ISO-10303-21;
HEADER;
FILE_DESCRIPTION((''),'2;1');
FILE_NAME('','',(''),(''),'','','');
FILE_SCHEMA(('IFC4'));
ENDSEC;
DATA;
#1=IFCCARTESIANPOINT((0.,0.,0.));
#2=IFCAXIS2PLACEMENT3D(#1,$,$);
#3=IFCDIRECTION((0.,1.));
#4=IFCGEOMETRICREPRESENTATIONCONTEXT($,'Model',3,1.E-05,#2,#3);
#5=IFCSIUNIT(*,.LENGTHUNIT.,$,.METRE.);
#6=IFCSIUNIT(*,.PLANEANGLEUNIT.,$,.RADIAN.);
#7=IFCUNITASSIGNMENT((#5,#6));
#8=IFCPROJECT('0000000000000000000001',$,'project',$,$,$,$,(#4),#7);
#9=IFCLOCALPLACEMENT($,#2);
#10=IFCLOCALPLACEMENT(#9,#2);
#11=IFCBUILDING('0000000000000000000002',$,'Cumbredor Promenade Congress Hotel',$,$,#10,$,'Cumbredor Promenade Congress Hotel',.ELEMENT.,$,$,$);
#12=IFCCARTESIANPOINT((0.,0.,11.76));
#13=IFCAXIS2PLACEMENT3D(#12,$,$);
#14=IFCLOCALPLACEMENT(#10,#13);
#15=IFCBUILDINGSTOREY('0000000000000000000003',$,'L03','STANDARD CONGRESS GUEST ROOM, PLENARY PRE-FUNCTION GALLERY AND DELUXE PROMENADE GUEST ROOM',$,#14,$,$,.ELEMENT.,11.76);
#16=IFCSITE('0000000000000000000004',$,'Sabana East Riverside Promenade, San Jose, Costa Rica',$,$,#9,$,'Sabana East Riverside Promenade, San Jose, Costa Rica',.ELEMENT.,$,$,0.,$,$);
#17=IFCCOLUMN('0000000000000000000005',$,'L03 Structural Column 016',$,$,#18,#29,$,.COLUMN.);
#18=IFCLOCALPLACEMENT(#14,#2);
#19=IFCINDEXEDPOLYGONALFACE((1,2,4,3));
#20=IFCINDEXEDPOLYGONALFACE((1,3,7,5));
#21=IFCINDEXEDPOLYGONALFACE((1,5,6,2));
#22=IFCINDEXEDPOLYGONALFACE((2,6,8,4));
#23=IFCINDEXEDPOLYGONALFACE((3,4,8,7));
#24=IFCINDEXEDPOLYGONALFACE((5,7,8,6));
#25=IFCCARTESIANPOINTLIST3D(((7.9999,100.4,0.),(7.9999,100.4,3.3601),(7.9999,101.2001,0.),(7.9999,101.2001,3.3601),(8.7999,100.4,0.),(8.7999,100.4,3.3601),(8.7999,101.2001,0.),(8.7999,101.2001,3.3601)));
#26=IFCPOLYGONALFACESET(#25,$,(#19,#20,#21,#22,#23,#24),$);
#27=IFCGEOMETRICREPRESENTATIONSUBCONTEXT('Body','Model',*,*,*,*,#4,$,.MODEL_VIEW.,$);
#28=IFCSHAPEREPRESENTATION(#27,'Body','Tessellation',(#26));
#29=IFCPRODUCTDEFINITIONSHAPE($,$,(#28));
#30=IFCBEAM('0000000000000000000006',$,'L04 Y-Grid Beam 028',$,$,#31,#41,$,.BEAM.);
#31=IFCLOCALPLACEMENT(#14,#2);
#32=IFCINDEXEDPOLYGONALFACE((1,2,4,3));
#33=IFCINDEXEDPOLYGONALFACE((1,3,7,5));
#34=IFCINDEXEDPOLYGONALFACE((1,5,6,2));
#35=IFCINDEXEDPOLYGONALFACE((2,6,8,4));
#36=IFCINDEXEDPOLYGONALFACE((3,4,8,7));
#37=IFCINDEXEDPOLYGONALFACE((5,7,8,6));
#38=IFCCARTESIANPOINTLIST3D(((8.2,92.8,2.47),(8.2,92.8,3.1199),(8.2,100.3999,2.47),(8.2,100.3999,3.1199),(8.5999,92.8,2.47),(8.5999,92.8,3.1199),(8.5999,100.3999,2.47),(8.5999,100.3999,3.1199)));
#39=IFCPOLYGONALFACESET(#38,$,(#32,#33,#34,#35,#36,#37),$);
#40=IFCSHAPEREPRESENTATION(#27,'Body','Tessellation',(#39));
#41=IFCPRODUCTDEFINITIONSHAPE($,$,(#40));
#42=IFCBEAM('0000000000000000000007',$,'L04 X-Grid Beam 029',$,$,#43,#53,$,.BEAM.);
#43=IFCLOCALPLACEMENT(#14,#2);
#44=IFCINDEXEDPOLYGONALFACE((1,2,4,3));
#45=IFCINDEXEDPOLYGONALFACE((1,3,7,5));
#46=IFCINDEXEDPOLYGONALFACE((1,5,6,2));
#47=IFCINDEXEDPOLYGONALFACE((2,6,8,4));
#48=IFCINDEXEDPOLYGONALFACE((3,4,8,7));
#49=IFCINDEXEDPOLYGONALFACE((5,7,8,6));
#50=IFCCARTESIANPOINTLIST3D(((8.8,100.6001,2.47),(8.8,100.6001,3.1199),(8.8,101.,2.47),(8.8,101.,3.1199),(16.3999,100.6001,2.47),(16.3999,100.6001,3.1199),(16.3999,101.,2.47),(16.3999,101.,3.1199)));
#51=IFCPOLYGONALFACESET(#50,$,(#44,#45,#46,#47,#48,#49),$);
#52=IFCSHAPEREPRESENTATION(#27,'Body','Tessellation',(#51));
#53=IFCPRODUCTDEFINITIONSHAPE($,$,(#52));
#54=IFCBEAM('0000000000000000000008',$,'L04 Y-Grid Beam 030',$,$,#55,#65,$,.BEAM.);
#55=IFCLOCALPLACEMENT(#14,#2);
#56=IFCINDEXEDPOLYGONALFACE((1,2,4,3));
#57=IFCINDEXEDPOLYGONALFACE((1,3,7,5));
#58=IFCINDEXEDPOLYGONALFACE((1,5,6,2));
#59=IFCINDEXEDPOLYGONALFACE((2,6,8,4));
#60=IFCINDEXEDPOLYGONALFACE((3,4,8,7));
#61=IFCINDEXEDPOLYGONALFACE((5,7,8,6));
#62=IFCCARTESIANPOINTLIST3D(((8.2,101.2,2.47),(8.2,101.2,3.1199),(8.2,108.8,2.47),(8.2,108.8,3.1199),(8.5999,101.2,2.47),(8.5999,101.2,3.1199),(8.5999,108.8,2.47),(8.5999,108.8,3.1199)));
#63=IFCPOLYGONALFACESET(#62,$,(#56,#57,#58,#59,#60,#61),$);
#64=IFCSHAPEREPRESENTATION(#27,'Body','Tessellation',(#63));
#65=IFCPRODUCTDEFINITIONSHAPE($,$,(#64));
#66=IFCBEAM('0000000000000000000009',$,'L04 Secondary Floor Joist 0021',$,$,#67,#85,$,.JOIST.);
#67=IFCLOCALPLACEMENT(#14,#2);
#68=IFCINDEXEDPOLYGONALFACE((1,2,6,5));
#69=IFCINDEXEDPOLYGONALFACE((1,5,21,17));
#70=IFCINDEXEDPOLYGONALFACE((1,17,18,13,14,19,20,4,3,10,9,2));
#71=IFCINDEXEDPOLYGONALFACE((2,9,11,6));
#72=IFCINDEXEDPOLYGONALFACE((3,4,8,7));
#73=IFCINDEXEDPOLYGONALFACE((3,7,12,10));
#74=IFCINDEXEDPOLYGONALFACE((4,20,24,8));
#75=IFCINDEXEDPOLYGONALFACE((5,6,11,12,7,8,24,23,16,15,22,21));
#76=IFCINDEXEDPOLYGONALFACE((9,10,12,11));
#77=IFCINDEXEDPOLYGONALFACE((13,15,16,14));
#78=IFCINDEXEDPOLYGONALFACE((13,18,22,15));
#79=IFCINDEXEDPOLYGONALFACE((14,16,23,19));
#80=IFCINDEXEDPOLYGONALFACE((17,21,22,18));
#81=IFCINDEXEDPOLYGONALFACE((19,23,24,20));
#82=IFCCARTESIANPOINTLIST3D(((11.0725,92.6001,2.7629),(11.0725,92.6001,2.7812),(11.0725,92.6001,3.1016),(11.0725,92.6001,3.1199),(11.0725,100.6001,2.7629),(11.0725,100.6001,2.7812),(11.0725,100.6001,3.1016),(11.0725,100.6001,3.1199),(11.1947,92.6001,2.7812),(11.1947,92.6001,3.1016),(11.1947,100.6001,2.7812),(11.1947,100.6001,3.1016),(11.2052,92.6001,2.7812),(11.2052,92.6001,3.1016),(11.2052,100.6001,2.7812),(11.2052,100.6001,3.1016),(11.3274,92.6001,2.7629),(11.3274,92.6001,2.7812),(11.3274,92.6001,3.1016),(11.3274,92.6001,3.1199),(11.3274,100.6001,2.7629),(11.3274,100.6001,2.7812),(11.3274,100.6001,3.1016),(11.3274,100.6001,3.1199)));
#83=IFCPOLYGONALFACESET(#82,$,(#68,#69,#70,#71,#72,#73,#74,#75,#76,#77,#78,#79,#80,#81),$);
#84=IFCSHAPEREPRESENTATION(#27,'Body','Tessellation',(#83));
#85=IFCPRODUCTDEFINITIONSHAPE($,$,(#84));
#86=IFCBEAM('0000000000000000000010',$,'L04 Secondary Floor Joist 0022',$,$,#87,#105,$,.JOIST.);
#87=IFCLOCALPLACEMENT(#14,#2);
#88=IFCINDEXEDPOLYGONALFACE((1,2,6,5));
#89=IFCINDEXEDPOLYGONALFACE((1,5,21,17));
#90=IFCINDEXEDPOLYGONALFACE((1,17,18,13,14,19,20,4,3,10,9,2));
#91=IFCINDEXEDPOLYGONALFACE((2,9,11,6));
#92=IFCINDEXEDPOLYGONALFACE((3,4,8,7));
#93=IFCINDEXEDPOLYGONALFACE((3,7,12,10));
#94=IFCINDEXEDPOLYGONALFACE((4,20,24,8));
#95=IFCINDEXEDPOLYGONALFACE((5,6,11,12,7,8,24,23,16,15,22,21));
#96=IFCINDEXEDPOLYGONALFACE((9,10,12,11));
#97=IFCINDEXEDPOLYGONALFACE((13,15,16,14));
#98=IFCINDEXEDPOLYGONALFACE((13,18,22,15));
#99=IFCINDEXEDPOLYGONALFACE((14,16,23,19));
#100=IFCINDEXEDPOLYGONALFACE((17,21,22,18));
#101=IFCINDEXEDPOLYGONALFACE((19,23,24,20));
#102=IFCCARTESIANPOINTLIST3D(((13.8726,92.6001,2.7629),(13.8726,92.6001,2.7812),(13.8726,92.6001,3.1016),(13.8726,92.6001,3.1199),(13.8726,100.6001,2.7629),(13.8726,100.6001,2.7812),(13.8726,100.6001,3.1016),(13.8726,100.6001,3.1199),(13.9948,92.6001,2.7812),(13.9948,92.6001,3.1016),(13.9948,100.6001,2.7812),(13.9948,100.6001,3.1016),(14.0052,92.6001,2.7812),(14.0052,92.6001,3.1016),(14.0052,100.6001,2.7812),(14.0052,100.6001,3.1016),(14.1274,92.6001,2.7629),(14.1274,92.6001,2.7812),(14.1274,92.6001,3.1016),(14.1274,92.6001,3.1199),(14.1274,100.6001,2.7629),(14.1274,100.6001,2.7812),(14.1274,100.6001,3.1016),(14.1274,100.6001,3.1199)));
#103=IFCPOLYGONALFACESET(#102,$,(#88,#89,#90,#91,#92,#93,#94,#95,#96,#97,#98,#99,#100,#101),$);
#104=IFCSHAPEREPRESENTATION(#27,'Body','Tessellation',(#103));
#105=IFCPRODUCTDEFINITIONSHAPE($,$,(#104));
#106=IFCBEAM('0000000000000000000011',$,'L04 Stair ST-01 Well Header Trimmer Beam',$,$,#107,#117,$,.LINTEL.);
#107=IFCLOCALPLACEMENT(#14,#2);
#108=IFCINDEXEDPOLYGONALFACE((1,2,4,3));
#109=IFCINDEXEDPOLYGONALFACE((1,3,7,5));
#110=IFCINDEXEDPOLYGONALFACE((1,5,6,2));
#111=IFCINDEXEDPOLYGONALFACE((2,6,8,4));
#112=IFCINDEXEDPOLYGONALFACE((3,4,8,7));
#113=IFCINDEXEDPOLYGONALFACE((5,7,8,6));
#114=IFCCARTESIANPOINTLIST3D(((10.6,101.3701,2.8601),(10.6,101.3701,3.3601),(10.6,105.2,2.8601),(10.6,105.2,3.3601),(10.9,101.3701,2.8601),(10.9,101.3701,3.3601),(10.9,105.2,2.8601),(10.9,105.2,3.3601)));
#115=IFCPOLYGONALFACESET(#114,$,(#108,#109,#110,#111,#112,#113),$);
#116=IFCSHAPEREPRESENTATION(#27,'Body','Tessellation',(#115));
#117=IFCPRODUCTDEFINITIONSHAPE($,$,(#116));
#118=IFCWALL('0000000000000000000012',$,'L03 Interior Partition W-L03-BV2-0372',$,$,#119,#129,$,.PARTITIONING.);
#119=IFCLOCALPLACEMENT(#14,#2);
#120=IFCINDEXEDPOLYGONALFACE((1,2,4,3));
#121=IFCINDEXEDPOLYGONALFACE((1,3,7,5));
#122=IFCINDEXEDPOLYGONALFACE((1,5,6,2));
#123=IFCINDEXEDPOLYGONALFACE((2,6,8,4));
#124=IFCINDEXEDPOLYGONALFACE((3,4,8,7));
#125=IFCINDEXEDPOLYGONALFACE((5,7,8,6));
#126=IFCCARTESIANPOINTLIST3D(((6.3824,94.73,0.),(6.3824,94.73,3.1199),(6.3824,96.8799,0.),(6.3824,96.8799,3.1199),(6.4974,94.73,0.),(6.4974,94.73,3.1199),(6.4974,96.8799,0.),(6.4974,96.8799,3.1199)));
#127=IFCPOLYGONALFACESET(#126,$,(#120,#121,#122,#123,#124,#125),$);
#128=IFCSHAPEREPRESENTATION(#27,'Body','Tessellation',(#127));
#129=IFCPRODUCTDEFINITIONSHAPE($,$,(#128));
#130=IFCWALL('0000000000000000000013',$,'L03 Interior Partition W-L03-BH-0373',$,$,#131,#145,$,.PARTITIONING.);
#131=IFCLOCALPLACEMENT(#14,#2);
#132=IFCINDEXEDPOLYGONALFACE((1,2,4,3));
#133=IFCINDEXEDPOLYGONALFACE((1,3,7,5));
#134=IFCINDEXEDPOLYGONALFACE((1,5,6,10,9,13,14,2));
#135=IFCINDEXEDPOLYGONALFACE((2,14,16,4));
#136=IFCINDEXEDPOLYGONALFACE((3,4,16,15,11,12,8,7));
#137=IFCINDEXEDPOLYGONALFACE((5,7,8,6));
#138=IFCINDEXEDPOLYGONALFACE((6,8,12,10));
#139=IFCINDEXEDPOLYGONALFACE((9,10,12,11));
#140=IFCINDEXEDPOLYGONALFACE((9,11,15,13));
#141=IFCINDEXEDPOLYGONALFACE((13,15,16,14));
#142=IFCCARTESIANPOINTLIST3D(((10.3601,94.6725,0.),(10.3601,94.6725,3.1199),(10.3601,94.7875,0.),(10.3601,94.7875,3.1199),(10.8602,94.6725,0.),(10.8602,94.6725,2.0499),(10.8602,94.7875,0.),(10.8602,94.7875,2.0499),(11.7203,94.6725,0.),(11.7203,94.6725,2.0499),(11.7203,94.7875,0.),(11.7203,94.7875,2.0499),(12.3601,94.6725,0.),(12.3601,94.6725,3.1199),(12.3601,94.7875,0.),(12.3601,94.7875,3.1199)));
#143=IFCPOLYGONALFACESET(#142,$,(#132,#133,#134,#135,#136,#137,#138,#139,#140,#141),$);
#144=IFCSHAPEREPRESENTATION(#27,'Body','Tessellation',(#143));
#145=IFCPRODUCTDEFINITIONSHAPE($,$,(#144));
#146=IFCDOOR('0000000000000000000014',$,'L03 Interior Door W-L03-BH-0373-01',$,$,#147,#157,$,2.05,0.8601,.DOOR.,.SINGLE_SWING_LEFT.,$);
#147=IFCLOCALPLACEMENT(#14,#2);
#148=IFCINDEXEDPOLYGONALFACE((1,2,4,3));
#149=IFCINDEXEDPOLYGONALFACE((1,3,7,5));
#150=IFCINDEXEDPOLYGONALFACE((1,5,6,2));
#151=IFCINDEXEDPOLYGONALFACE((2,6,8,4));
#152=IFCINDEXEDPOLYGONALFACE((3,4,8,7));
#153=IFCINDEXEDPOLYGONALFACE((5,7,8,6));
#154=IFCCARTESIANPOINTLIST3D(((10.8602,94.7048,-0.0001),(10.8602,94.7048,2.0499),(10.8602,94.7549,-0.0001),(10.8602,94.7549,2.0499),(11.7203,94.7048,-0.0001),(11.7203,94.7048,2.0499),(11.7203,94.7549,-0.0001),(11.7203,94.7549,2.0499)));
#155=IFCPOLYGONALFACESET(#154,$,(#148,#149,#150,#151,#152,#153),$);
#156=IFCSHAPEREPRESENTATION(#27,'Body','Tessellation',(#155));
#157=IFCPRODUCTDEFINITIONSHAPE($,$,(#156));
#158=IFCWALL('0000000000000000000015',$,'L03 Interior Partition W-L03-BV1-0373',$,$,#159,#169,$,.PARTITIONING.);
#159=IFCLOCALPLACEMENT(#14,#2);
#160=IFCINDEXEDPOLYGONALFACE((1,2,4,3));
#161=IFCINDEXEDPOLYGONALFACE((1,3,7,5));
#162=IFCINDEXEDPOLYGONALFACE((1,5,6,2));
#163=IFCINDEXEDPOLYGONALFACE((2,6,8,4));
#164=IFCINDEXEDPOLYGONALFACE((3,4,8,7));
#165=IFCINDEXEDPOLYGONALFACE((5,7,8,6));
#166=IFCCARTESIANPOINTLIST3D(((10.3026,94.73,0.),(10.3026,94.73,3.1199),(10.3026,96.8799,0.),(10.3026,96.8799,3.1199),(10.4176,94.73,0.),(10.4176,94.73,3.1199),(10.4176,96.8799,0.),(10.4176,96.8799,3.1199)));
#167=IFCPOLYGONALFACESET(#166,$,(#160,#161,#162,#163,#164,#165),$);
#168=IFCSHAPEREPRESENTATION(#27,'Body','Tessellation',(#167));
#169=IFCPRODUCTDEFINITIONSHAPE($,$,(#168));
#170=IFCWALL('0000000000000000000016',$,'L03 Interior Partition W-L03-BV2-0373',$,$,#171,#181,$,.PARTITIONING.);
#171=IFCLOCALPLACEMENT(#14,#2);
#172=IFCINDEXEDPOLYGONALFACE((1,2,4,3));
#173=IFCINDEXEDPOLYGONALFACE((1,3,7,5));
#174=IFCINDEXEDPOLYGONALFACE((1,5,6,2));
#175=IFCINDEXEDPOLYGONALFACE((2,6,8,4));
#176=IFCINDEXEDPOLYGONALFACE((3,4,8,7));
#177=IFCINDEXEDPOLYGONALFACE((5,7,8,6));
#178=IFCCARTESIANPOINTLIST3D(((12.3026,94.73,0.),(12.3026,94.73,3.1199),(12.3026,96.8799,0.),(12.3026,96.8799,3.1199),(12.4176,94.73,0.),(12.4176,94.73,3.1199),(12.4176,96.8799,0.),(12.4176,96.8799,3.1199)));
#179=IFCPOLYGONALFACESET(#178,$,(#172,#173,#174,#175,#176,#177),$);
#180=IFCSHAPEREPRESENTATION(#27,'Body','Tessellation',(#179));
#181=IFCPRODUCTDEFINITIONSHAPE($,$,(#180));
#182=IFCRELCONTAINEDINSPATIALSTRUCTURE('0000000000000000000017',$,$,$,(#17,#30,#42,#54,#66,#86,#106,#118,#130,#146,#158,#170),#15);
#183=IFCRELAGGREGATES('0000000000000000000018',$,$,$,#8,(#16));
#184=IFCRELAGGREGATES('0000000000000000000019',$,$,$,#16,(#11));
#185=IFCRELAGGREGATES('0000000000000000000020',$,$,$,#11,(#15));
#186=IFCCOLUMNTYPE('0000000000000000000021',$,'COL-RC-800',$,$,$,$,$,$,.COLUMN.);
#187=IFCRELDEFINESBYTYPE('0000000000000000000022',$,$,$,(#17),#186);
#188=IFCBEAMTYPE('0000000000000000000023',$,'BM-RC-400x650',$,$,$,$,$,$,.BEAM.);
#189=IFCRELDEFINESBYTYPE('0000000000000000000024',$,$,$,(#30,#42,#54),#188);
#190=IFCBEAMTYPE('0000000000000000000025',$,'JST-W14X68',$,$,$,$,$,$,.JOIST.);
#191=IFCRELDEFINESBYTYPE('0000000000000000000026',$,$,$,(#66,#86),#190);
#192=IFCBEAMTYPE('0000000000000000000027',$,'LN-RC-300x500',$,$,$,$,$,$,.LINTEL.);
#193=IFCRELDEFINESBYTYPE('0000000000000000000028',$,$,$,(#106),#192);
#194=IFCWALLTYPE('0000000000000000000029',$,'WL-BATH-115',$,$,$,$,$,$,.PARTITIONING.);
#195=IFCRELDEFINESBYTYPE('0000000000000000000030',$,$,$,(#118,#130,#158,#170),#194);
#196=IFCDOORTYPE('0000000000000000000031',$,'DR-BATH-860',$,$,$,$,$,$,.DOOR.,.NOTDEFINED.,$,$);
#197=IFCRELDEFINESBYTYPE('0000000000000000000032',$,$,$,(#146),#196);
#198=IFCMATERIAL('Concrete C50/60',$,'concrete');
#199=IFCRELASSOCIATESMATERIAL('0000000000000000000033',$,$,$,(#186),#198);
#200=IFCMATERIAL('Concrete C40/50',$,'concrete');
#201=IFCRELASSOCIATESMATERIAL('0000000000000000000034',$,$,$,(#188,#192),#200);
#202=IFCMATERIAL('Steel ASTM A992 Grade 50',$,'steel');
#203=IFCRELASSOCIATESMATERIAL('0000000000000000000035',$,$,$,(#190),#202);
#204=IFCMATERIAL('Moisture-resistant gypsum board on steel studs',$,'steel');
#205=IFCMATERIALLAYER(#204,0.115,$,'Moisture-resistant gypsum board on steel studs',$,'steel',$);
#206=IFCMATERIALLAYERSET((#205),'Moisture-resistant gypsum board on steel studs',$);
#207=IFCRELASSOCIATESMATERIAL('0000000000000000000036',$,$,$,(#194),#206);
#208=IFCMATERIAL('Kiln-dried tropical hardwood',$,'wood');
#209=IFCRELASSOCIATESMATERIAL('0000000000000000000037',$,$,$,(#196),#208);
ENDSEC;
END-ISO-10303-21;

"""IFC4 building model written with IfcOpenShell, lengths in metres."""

from ifc_helpers import new_model, si_unit, direction, frame, frame_2d, origin, origin_2d, place, context, subcontext, project, spatial, rectangle, i_section, extrude, material, layer, layer_set, material_profile, profile_set, type_object, element, fill, save


model = new_model("IFC4")

# Units and contexts
model_context = context("Model", 3, precision=1e-05, world=origin(), true_north=direction((0.0, 1.0)))
body_context = subcontext(model_context, "Body", "Model", "MODEL_VIEW")
ifc_project = project(units=[si_unit("LENGTHUNIT", "METRE"), si_unit("PLANEANGLEUNIT", "RADIAN")], contexts=[model_context])

# Site, building, storey
site_placement = place(None, origin())
site = spatial("IfcSite", under=ifc_project, at=site_placement, Name="Sabana East Riverside Promenade, San Jose, Costa Rica", LongName="Sabana East Riverside Promenade, San Jose, Costa Rica", CompositionType="ELEMENT", RefElevation=0.0)
building_placement = place(site_placement, origin())
building = spatial("IfcBuilding", under=site, at=building_placement, Name="Cumbredor Promenade Congress Hotel", LongName="Cumbredor Promenade Congress Hotel", CompositionType="ELEMENT")
storey_placement = place(building_placement, frame((0.0, 0.0, 11.76)))
storey = spatial("IfcBuildingStorey", under=building, at=storey_placement, Name="L03", Description="STANDARD CONGRESS GUEST ROOM, PLENARY PRE-FUNCTION GALLERY AND DELUXE PROMENADE GUEST ROOM", CompositionType="ELEMENT", Elevation=11.76)

# Column
ifc_material_1 = material(Name="Concrete C50/60", Category="concrete")
ifc_material_profile_1 = material_profile(ifc_material_1, rectangle(XDim=0.8, YDim=0.8, at=origin_2d()), Name="RC 800x800")
ifc_profile_set_1 = profile_set([ifc_material_profile_1], Name="Concrete C50/60")
column_type = type_object("IfcColumnType", Name="COL-RC-800", PredefinedType="COLUMN", material=ifc_profile_set_1)
column_placement = place(storey_placement, frame((8.3999, 100.8, 0.0), z_axis=(0.0, 0.0, 1.0), x_axis=(1.0, 0.0, 0.0)))
element("IfcColumn", 1, at=column_placement, inside=storey, type_object=column_type, Name="L03 Structural Column 016", PredefinedType="COLUMN", context=body_context, shape_type="SweptSolid", body=[
    extrude(rectangle(XDim=0.8, YDim=0.8, at=origin_2d()), origin(), (0.0, 0.0, 1.0), 3.3601),
])

# Beams
ifc_material_2 = material(Name="Concrete C40/50", Category="concrete")
ifc_material_profile_2 = material_profile(ifc_material_2, rectangle(XDim=0.3999, YDim=0.6499, at=origin_2d()), Name="RC BEAM 400x650")
ifc_profile_set_2 = profile_set([ifc_material_profile_2], Name="Concrete C40/50")
beam_type_1 = type_object("IfcBeamType", Name="BM-RC-400x650", PredefinedType="BEAM", material=ifc_profile_set_2)
for number, where, z_axis, x_axis, name in (
    (2, (8.3999, 92.8, 2.7949), (0.0, 1.0, 0.0), (-1.0, 0.0, 0.0), "L04 Y-Grid Beam 028"),
    (3, (8.8, 100.8, 2.7949), (1.0, 0.0, 0.0), (0.0, 1.0, 0.0), "L04 X-Grid Beam 029"),
):
    element("IfcBeam", number, at=place(storey_placement, frame(where, z_axis=z_axis, x_axis=x_axis)), inside=storey, type_object=beam_type_1, Name=name, PredefinedType="BEAM", context=body_context, shape_type="SweptSolid", body=[
        extrude(rectangle(XDim=0.3999, YDim=0.6499, at=origin_2d()), origin(), (0.0, 0.0, 1.0), 7.5999),
    ])
beam_1_placement = place(storey_placement, frame((8.3999, 101.2, 2.7949), z_axis=(0.0, 1.0, 0.0), x_axis=(-1.0, 0.0, 0.0)))
element("IfcBeam", 4, at=beam_1_placement, inside=storey, type_object=beam_type_1, Name="L04 Y-Grid Beam 030", PredefinedType="BEAM", context=body_context, shape_type="SweptSolid", body=[
    extrude(rectangle(XDim=0.3999, YDim=0.6499, at=origin_2d()), origin(), (0.0, 0.0, 1.0), 7.6001),
])
ifc_material_3 = material(Name="Steel ASTM A992 Grade 50", Category="steel")
ifc_material_profile_3 = material_profile(ifc_material_3, i_section(OverallWidth=0.2549, OverallDepth=0.3569, WebThickness=0.0105, FlangeThickness=0.0183, at=origin_2d()), Name="W14X68")
ifc_profile_set_3 = profile_set([ifc_material_profile_3], Name="Steel ASTM A992 Grade 50")
beam_type_2 = type_object("IfcBeamType", Name="JST-W14X68", PredefinedType="JOIST", material=ifc_profile_set_3)
for number, where, z_axis, x_axis, name in (
    (5, (11.2, 92.6001, 2.9414), (0.0, 1.0, 0.0), (-1.0, 0.0, 0.0), "L04 Secondary Floor Joist 0021"),
    (6, (14.0, 92.6001, 2.9414), (0.0, 1.0, 0.0), (-1.0, 0.0, 0.0), "L04 Secondary Floor Joist 0022"),
):
    element("IfcBeam", number, at=place(storey_placement, frame(where, z_axis=z_axis, x_axis=x_axis)), inside=storey, type_object=beam_type_2, Name=name, PredefinedType="JOIST", context=body_context, shape_type="SweptSolid", body=[
        extrude(i_section(OverallWidth=0.2549, OverallDepth=0.3569, WebThickness=0.0105, FlangeThickness=0.0183, at=origin_2d()), origin(), (0.0, 0.0, 1.0), 8.0),
    ])
ifc_material_profile_4 = material_profile(ifc_material_2, rectangle(XDim=0.3, YDim=0.5, at=origin_2d()), Name="RC LINTEL 300x500")
ifc_profile_set_4 = profile_set([ifc_material_profile_4], Name="Concrete C40/50")
beam_type_3 = type_object("IfcBeamType", Name="LN-RC-300x500", PredefinedType="LINTEL", material=ifc_profile_set_4)
beam_2_placement = place(storey_placement, frame((10.75, 101.3701, 3.1101), z_axis=(0.0, 1.0, 0.0), x_axis=(-1.0, 0.0, 0.0)))
element("IfcBeam", 7, at=beam_2_placement, inside=storey, type_object=beam_type_3, Name="L04 Stair ST-01 Well Header Trimmer Beam", PredefinedType="LINTEL", context=body_context, shape_type="SweptSolid", body=[
    extrude(rectangle(XDim=0.3, YDim=0.5, at=origin_2d()), origin(), (0.0, 0.0, 1.0), 3.8298),
])

# Wall
ifc_material_4 = material(Name="Moisture-resistant gypsum board on steel studs", Category="steel")
ifc_layer_1 = layer(ifc_material_4, 0.115, Name="Moisture-resistant gypsum board on steel studs", Category="steel")
ifc_layer_set_1 = layer_set([ifc_layer_1], Name="Moisture-resistant gypsum board on steel studs")
wall_type_1 = type_object("IfcWallType", Name="WL-BATH-115", PredefinedType="PARTITIONING", material=ifc_layer_set_1)
wall_1_placement = place(storey_placement, frame((6.4399, 94.73, 0.0), z_axis=(0.0, 0.0, 1.0), x_axis=(0.0, 1.0, 0.0)))
element("IfcWall", 8, at=wall_1_placement, inside=storey, type_object=wall_type_1, Name="L03 Interior Partition W-L03-BV2-0372", PredefinedType="PARTITIONING", context=body_context, shape_type="SweptSolid", body=[
    extrude(rectangle(XDim=2.1499, YDim=0.115, at=frame_2d((1.075, 0.0))), origin(), (0.0, 0.0, 1.0), 3.1199),
])

# Wall, opening, door
wall_2_placement = place(storey_placement, frame((10.3601, 94.73, 0.0), z_axis=(0.0, 0.0, 1.0), x_axis=(1.0, 0.0, 0.0)))
wall_2 = element("IfcWall", 9, at=wall_2_placement, inside=storey, type_object=wall_type_1, Name="L03 Interior Partition W-L03-BH-0373", PredefinedType="PARTITIONING", context=body_context, shape_type="SweptSolid", body=[
    extrude(rectangle(XDim=2.0, YDim=0.115, at=frame_2d((1.0, 0.0))), origin(), (0.0, 0.0, 1.0), 3.1199),
])
opening_1_placement = place(wall_2_placement, frame((0.5, 0.0, 0.0)))
opening_1 = element("IfcOpeningElement", 10, at=opening_1_placement, cuts=wall_2, PredefinedType="OPENING", context=body_context, shape_type="SweptSolid", body=[
    extrude(rectangle(XDim=0.8601, YDim=2.05, at=frame_2d((0.4302, 1.0249))), frame((0.0, 0.0674, 0.0), z_axis=(0.0, -1.0, 0.0), x_axis=(1.0, 0.0, 0.0)), (0.0, 0.0, 1.0), 0.135),
])
ifc_material_5 = material(Name="Kiln-dried tropical hardwood", Category="wood")
door_type_1 = type_object("IfcDoorType", Name="DR-BATH-860", OperationType="NOTDEFINED", PredefinedType="DOOR", material=ifc_material_5)
door_1_placement = place(opening_1_placement, origin())
door_1 = element("IfcDoor", 11, at=door_1_placement, inside=storey, type_object=door_type_1, Name="L03 Interior Door W-L03-BH-0373-01", OperationType="SINGLE_SWING_LEFT", OverallHeight=2.05, OverallWidth=0.8601, PredefinedType="DOOR", context=body_context, shape_type="SweptSolid", body=[
    extrude(rectangle(XDim=0.8601, YDim=2.05, at=frame_2d((0.4302, 1.0249))), frame((0.0, 0.0249, 0.0), z_axis=(0.0, -1.0, 0.0), x_axis=(1.0, 0.0, 0.0)), (0.0, 0.0, 1.0), 0.05),
])
fill(opening_1, door_1)

# Walls
for number, where, z_axis, x_axis, name in (
    (12, (10.3601, 94.73, 0.0), (0.0, 0.0, 1.0), (0.0, 1.0, 0.0), "L03 Interior Partition W-L03-BV1-0373"),
    (13, (12.3601, 94.73, 0.0), (0.0, 0.0, 1.0), (0.0, 1.0, 0.0), "L03 Interior Partition W-L03-BV2-0373"),
):
    element("IfcWall", number, at=place(storey_placement, frame(where, z_axis=z_axis, x_axis=x_axis)), inside=storey, type_object=wall_type_1, Name=name, PredefinedType="PARTITIONING", context=body_context, shape_type="SweptSolid", body=[
        extrude(rectangle(XDim=2.1499, YDim=0.115, at=frame_2d((1.075, 0.0))), origin(), (0.0, 0.0, 1.0), 3.1199),
    ])

save(model, "model.ifc")
